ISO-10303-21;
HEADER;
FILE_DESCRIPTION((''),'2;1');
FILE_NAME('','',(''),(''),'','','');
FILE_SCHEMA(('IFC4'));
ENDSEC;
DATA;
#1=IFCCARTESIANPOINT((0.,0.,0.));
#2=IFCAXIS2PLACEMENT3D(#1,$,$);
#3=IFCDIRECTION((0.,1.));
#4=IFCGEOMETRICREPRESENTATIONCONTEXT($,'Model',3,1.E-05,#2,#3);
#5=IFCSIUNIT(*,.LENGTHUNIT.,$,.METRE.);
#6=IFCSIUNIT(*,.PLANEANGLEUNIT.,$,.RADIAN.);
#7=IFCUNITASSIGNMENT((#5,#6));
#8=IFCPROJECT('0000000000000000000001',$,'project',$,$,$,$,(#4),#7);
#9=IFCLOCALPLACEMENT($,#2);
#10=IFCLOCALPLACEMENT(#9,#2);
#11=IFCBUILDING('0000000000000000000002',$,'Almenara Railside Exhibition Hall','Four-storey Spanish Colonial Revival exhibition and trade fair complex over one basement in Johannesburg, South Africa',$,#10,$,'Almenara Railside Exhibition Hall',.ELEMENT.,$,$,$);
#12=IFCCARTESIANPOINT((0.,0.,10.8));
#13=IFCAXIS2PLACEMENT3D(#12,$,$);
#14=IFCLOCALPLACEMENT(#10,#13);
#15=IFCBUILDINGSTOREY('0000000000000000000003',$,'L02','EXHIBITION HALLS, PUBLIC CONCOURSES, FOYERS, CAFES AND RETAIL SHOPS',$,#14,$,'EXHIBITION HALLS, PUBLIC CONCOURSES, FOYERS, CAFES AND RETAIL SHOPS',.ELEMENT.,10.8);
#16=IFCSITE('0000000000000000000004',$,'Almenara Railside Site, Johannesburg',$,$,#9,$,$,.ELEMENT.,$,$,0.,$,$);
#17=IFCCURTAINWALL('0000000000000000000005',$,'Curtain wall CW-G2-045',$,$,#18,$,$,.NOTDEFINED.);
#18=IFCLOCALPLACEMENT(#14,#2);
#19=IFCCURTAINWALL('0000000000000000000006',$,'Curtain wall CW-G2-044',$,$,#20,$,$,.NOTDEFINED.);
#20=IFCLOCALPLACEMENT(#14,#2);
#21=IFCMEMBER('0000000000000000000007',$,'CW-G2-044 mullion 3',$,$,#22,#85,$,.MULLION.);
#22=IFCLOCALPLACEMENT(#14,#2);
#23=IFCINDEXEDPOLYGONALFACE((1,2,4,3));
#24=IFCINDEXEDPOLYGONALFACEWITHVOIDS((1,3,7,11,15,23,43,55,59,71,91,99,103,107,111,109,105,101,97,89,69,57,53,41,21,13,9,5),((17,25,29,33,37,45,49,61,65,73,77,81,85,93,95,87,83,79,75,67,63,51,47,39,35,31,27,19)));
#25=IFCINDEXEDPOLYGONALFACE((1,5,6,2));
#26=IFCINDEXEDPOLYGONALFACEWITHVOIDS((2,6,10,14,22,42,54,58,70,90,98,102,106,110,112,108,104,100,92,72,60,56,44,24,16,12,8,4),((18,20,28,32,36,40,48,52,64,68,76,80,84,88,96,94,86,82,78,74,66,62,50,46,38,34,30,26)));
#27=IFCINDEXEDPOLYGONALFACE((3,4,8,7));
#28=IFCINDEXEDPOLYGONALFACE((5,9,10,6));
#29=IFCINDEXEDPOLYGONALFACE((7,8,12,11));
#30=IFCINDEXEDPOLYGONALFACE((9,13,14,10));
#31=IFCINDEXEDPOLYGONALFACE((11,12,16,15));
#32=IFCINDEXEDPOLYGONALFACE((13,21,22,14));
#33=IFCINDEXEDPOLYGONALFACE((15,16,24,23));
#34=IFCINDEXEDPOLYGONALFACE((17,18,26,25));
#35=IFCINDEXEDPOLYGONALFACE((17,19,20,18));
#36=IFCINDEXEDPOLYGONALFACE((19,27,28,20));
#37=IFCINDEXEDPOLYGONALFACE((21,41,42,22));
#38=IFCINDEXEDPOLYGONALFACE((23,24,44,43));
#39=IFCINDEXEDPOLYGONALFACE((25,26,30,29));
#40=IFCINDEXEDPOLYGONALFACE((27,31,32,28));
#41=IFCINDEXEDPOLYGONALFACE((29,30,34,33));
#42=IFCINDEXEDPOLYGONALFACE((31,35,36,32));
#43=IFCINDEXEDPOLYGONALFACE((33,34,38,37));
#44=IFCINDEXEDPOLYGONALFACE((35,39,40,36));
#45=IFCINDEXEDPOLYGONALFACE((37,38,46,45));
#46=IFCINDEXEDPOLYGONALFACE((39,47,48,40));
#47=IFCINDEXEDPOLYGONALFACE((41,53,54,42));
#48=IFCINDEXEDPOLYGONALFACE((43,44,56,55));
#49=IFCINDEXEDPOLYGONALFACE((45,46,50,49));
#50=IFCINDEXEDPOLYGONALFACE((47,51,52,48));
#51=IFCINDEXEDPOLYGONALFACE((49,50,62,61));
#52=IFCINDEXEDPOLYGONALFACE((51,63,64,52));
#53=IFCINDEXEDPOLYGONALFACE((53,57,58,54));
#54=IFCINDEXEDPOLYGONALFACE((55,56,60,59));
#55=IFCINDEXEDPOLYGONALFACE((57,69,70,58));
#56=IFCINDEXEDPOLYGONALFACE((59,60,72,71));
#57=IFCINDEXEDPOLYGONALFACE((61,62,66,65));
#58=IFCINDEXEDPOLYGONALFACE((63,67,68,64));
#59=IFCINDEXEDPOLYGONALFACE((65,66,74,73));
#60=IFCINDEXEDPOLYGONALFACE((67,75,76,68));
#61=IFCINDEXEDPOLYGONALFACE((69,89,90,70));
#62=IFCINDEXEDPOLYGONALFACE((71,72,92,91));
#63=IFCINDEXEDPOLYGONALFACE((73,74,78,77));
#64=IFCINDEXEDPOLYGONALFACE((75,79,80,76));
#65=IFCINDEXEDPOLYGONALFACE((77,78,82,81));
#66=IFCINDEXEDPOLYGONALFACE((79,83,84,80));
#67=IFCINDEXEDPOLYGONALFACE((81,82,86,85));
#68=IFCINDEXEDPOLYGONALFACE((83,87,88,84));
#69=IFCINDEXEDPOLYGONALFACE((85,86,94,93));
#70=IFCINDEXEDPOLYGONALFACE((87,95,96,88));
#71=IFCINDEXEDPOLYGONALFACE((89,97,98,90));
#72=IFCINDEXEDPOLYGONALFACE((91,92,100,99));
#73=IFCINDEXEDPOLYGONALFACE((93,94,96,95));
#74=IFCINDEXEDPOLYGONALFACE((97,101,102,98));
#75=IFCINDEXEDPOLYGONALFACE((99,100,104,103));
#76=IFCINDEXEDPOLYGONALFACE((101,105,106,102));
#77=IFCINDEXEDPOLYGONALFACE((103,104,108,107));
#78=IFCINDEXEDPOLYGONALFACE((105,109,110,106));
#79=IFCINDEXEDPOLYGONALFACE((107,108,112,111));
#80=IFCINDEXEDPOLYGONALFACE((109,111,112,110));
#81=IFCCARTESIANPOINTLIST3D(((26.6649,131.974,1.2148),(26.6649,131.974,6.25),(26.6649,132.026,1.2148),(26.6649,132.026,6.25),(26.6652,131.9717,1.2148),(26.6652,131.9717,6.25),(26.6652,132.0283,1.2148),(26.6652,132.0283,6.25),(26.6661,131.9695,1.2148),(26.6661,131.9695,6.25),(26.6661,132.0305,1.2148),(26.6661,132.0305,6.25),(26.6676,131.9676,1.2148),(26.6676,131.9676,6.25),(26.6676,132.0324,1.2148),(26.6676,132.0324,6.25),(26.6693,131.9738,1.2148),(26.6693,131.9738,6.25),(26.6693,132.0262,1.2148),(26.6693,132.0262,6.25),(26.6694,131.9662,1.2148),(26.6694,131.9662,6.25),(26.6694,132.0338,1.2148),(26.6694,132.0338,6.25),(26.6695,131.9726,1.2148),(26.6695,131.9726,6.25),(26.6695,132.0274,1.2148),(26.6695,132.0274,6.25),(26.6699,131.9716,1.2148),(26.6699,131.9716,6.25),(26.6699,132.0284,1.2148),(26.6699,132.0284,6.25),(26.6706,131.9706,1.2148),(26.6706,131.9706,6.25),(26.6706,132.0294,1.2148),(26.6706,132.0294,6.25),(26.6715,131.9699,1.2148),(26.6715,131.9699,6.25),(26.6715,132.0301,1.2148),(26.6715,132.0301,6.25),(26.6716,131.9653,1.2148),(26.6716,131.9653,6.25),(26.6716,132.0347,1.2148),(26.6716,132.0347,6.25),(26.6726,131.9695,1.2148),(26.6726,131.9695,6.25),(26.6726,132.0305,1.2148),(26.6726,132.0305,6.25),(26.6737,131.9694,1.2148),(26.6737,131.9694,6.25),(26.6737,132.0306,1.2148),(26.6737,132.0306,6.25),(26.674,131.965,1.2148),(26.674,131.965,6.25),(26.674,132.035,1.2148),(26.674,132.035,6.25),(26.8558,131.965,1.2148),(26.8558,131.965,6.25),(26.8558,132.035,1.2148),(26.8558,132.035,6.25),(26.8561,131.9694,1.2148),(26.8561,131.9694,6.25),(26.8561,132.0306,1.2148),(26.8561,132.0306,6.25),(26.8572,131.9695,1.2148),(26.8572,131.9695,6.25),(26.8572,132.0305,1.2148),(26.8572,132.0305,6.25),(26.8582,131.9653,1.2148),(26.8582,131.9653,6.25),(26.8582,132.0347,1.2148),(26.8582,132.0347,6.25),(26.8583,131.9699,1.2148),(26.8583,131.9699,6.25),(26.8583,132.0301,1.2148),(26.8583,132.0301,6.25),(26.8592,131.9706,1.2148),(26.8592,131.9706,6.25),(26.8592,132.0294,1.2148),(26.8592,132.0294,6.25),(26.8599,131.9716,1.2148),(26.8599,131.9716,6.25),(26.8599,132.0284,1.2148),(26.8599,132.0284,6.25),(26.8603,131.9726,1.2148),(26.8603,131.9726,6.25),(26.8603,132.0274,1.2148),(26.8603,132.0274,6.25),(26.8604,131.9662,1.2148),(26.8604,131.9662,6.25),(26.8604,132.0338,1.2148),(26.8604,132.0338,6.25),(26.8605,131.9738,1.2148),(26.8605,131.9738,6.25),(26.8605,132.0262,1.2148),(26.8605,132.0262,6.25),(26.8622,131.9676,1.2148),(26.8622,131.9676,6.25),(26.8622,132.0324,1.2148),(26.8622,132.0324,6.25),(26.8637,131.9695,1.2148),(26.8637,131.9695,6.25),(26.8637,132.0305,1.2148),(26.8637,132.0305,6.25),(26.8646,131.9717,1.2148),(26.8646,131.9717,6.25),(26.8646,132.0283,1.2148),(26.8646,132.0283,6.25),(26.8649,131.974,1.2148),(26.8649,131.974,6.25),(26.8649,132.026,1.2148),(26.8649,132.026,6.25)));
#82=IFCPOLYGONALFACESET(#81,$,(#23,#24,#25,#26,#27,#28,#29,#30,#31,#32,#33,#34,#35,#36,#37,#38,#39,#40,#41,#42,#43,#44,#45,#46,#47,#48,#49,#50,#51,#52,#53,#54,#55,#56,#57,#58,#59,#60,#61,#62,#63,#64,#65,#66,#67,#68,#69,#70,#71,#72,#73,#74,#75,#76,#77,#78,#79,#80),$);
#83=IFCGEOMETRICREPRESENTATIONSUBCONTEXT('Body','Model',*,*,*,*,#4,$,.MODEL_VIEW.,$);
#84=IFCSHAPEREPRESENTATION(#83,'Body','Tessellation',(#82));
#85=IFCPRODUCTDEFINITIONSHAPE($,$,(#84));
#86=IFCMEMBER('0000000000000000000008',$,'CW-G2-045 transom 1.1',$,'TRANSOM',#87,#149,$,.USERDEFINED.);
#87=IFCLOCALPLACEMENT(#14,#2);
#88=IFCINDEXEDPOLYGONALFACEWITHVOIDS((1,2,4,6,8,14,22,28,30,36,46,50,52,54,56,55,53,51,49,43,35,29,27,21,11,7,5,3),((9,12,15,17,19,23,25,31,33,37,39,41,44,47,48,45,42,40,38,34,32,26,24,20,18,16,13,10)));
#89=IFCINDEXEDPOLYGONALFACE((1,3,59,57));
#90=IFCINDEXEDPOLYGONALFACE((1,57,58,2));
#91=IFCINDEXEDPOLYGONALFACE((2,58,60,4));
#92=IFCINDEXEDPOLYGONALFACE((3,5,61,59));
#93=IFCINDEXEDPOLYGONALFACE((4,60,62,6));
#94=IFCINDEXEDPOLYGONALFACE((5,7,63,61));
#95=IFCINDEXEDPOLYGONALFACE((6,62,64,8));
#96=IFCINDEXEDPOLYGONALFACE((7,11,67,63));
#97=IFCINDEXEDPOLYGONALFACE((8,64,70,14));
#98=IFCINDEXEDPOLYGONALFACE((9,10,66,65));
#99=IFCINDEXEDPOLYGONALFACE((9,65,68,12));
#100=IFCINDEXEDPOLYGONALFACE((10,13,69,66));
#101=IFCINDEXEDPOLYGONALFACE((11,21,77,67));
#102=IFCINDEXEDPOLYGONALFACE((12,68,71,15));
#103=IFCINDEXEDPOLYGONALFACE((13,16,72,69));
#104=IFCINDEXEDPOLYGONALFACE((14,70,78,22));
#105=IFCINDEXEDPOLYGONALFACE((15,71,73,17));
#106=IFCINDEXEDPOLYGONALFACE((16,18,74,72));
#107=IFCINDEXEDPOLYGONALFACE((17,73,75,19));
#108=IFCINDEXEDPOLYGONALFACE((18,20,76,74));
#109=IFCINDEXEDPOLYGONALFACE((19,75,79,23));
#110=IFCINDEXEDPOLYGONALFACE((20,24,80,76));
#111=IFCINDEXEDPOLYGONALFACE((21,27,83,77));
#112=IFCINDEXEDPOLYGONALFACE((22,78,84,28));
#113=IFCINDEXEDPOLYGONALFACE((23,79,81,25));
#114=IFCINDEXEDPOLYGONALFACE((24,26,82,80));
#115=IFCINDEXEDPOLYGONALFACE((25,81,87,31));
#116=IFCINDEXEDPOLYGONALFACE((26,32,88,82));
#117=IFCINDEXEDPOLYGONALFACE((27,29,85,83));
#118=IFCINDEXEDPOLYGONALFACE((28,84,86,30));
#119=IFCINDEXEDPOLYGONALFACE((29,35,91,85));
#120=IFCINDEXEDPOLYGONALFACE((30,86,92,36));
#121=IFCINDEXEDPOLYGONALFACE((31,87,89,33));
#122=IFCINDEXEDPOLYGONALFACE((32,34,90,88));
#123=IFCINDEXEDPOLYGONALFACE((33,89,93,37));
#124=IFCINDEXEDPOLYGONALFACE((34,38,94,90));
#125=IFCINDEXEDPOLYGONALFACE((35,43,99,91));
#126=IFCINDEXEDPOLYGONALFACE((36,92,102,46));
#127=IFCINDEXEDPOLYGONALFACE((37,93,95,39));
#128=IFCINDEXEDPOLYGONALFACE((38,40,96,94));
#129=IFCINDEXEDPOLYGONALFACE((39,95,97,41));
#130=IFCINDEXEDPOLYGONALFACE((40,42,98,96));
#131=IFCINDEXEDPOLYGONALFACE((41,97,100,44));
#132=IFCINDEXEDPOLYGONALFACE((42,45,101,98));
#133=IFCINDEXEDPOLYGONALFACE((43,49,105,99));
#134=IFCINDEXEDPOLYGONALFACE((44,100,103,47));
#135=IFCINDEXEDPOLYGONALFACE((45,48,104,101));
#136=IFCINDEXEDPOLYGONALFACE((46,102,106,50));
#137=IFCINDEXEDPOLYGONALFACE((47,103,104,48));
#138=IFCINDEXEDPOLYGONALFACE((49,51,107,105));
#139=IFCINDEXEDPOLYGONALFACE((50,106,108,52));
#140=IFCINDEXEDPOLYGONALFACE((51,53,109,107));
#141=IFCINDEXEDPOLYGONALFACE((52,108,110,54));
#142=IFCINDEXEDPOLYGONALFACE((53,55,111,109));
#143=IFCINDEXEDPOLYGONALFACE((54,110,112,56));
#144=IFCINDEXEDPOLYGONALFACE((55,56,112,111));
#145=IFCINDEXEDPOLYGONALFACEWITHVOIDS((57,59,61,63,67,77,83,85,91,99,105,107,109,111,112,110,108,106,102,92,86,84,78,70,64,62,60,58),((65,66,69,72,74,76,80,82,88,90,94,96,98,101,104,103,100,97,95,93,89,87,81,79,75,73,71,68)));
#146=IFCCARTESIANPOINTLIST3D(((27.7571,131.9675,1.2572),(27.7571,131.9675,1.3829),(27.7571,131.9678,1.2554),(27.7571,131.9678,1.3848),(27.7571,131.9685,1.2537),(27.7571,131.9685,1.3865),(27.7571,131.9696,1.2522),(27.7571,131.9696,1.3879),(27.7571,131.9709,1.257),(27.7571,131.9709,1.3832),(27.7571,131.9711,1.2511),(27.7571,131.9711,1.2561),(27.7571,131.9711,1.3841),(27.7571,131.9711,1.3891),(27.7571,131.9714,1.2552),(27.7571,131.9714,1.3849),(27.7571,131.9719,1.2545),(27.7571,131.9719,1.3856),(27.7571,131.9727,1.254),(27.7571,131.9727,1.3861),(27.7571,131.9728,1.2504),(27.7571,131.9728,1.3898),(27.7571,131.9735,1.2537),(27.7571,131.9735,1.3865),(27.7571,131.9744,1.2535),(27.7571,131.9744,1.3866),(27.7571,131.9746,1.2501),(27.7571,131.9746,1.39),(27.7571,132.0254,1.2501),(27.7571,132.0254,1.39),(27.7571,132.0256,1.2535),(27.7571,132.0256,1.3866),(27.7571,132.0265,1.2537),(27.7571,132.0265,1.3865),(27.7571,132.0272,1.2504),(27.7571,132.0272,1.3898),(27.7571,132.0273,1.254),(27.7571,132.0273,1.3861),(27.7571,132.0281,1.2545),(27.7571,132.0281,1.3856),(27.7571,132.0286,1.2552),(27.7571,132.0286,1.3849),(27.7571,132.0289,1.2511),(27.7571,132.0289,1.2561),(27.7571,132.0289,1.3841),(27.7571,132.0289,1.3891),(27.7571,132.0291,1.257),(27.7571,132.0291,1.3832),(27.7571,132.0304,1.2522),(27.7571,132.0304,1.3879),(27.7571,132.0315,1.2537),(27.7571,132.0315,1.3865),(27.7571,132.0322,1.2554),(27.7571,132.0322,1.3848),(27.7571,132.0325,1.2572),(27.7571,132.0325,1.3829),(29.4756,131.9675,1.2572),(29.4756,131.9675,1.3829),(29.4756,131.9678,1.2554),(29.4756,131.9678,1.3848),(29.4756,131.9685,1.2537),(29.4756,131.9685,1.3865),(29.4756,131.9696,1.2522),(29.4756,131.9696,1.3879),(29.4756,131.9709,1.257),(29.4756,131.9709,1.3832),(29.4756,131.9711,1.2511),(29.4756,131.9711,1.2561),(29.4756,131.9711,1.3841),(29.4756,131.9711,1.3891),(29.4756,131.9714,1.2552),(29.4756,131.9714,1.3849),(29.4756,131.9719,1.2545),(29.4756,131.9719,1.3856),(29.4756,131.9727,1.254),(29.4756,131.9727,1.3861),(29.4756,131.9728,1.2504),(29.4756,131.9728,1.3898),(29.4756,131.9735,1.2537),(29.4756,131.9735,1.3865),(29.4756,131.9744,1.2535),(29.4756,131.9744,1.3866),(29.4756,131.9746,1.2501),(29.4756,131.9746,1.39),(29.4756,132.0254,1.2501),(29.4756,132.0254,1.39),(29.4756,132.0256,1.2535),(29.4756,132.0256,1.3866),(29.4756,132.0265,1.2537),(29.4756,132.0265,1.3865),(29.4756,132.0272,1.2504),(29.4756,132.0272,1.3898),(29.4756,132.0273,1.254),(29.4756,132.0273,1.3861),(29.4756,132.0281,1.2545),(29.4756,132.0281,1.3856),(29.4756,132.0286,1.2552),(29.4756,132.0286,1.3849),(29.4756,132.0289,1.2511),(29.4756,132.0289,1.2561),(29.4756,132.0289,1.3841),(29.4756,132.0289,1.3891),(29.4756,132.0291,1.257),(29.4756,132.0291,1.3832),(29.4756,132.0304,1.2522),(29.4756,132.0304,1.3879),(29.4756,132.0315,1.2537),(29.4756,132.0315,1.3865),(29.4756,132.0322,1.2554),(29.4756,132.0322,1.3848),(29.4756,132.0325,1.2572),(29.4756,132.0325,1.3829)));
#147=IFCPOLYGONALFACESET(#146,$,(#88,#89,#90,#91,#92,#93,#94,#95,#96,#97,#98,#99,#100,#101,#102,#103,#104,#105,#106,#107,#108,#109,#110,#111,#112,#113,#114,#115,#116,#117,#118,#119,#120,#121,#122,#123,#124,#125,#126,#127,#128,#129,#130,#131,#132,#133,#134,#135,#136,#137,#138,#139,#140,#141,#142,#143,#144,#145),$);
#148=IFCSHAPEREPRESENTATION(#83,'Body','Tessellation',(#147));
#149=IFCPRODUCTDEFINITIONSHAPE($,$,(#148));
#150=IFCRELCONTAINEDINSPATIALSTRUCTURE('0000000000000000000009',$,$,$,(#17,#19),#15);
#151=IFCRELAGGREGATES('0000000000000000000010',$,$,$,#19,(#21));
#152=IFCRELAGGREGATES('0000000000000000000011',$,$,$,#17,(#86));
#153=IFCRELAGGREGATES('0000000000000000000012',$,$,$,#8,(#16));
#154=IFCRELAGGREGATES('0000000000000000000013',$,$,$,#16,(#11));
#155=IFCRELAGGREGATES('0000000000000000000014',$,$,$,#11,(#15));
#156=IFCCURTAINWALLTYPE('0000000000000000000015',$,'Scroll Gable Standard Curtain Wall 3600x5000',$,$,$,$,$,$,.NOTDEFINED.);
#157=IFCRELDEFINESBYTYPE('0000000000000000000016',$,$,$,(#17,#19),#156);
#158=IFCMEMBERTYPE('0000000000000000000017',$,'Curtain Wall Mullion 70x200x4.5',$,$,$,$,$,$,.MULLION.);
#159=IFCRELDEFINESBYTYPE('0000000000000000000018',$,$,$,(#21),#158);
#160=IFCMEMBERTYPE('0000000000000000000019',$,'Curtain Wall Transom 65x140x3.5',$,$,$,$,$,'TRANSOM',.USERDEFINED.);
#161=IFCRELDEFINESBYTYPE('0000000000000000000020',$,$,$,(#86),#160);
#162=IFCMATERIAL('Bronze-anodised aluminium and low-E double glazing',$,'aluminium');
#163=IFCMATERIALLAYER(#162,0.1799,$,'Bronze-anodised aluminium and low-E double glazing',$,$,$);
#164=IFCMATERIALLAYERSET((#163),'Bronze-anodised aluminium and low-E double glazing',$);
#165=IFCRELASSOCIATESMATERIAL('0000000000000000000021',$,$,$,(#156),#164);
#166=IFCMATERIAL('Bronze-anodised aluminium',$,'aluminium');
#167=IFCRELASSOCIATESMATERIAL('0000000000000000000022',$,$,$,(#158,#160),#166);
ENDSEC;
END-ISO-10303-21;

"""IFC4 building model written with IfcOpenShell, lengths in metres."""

from ifc_helpers import new_model, si_unit, direction, frame, origin, origin_2d, place, context, subcontext, project, spatial, hollow_rectangle, extrude, material, layer, layer_set, material_profile, profile_set, type_object, element, aggregate, save


model = new_model("IFC4")

# Units and contexts
model_context = context("Model", 3, precision=1e-05, world=origin(), true_north=direction((0.0, 1.0)))
body_context = subcontext(model_context, "Body", "Model", "MODEL_VIEW")
ifc_project = project(units=[si_unit("LENGTHUNIT", "METRE"), si_unit("PLANEANGLEUNIT", "RADIAN")], contexts=[model_context])

# Site, building, storey
site_placement = place(None, origin())
site = spatial("IfcSite", under=ifc_project, at=site_placement, Name="Almenara Railside Site, Johannesburg", CompositionType="ELEMENT", RefElevation=0.0)
building_placement = place(site_placement, origin())
building = spatial("IfcBuilding", under=site, at=building_placement, Name="Almenara Railside Exhibition Hall", Description="Four-storey Spanish Colonial Revival exhibition and trade fair complex over one basement in Johannesburg, South Africa", LongName="Almenara Railside Exhibition Hall", CompositionType="ELEMENT")
storey_placement = place(building_placement, frame((0.0, 0.0, 10.8)))
storey = spatial("IfcBuildingStorey", under=building, at=storey_placement, Name="L02", Description="EXHIBITION HALLS, PUBLIC CONCOURSES, FOYERS, CAFES AND RETAIL SHOPS", LongName="EXHIBITION HALLS, PUBLIC CONCOURSES, FOYERS, CAFES AND RETAIL SHOPS", CompositionType="ELEMENT", Elevation=10.8)

# Curtain wall
ifc_material_1 = material(Name="Bronze-anodised aluminium and low-E double glazing", Category="aluminium")
ifc_layer_1 = layer(ifc_material_1, 0.1799, Name="Bronze-anodised aluminium and low-E double glazing")
ifc_layer_set_1 = layer_set([ifc_layer_1], Name="Bronze-anodised aluminium and low-E double glazing")
curtain_wall_type = type_object("IfcCurtainWallType", Name="Scroll Gable Standard Curtain Wall 3600x5000", PredefinedType="NOTDEFINED", material=ifc_layer_set_1)
curtain_wall_1_placement = place(storey_placement, origin())
curtain_wall_1 = element("IfcCurtainWall", 1, at=curtain_wall_1_placement, inside=storey, type_object=curtain_wall_type, Name="Curtain wall CW-G2-045", PredefinedType="NOTDEFINED")
ifc_material_2 = material(Name="Bronze-anodised aluminium", Category="aluminium")

# Curtain wall, member
curtain_wall_2_placement = place(storey_placement, origin())
curtain_wall_2 = element("IfcCurtainWall", 2, at=curtain_wall_2_placement, inside=storey, type_object=curtain_wall_type, Name="Curtain wall CW-G2-044", PredefinedType="NOTDEFINED")
ifc_material_profile_1 = material_profile(ifc_material_2, hollow_rectangle(XDim=0.0701, YDim=0.2, WallThickness=0.0044, InnerFilletRadius=0.0044, OuterFilletRadius=0.009, at=origin_2d()), Name="ALU-MUL 70x200x4.5")
ifc_profile_set_1 = profile_set([ifc_material_profile_1], Name="Bronze-anodised aluminium")
member_type_1 = type_object("IfcMemberType", Name="Curtain Wall Mullion 70x200x4.5", PredefinedType="MULLION", material=ifc_profile_set_1)
member_1_placement = place(storey_placement, frame((26.7649, 132.0, 1.2148), z_axis=(0.0, 0.0, 1.0), x_axis=(0.0, 1.0, 0.0)))
member_1 = element("IfcMember", 3, at=member_1_placement, type_object=member_type_1, Name="CW-G2-044 mullion 3", PredefinedType="MULLION", context=body_context, shape_type="SweptSolid", body=[
    extrude(hollow_rectangle(XDim=0.0701, YDim=0.2, WallThickness=0.0044, InnerFilletRadius=0.0044, OuterFilletRadius=0.009, at=origin_2d()), origin(), (0.0, 0.0, 1.0), 5.0352),
])
aggregate(curtain_wall_2, [member_1])

# Member
ifc_material_profile_2 = material_profile(ifc_material_2, hollow_rectangle(XDim=0.0649, YDim=0.1399, WallThickness=0.0034, InnerFilletRadius=0.0034, OuterFilletRadius=0.0071, at=origin_2d()), Name="ALU-TRN 65x140x3.5")
ifc_profile_set_2 = profile_set([ifc_material_profile_2], Name="Bronze-anodised aluminium")
member_type_2 = type_object("IfcMemberType", Name="Curtain Wall Transom 65x140x3.5", ElementType="TRANSOM", PredefinedType="USERDEFINED", material=ifc_profile_set_2)
member_2_placement = place(storey_placement, frame((27.7571, 132.0, 1.3201), z_axis=(1.0, 0.0, 0.0), x_axis=(0.0, 1.0, 0.0)))
member_2 = element("IfcMember", 4, at=member_2_placement, type_object=member_type_2, Name="CW-G2-045 transom 1.1", ObjectType="TRANSOM", PredefinedType="USERDEFINED", context=body_context, shape_type="SweptSolid", body=[
    extrude(hollow_rectangle(XDim=0.0649, YDim=0.1399, WallThickness=0.0034, InnerFilletRadius=0.0034, OuterFilletRadius=0.0071, at=origin_2d()), origin(), (0.0, 0.0, 1.0), 1.7185),
])

aggregate(curtain_wall_1, [member_2])

save(model, "model.ifc")
